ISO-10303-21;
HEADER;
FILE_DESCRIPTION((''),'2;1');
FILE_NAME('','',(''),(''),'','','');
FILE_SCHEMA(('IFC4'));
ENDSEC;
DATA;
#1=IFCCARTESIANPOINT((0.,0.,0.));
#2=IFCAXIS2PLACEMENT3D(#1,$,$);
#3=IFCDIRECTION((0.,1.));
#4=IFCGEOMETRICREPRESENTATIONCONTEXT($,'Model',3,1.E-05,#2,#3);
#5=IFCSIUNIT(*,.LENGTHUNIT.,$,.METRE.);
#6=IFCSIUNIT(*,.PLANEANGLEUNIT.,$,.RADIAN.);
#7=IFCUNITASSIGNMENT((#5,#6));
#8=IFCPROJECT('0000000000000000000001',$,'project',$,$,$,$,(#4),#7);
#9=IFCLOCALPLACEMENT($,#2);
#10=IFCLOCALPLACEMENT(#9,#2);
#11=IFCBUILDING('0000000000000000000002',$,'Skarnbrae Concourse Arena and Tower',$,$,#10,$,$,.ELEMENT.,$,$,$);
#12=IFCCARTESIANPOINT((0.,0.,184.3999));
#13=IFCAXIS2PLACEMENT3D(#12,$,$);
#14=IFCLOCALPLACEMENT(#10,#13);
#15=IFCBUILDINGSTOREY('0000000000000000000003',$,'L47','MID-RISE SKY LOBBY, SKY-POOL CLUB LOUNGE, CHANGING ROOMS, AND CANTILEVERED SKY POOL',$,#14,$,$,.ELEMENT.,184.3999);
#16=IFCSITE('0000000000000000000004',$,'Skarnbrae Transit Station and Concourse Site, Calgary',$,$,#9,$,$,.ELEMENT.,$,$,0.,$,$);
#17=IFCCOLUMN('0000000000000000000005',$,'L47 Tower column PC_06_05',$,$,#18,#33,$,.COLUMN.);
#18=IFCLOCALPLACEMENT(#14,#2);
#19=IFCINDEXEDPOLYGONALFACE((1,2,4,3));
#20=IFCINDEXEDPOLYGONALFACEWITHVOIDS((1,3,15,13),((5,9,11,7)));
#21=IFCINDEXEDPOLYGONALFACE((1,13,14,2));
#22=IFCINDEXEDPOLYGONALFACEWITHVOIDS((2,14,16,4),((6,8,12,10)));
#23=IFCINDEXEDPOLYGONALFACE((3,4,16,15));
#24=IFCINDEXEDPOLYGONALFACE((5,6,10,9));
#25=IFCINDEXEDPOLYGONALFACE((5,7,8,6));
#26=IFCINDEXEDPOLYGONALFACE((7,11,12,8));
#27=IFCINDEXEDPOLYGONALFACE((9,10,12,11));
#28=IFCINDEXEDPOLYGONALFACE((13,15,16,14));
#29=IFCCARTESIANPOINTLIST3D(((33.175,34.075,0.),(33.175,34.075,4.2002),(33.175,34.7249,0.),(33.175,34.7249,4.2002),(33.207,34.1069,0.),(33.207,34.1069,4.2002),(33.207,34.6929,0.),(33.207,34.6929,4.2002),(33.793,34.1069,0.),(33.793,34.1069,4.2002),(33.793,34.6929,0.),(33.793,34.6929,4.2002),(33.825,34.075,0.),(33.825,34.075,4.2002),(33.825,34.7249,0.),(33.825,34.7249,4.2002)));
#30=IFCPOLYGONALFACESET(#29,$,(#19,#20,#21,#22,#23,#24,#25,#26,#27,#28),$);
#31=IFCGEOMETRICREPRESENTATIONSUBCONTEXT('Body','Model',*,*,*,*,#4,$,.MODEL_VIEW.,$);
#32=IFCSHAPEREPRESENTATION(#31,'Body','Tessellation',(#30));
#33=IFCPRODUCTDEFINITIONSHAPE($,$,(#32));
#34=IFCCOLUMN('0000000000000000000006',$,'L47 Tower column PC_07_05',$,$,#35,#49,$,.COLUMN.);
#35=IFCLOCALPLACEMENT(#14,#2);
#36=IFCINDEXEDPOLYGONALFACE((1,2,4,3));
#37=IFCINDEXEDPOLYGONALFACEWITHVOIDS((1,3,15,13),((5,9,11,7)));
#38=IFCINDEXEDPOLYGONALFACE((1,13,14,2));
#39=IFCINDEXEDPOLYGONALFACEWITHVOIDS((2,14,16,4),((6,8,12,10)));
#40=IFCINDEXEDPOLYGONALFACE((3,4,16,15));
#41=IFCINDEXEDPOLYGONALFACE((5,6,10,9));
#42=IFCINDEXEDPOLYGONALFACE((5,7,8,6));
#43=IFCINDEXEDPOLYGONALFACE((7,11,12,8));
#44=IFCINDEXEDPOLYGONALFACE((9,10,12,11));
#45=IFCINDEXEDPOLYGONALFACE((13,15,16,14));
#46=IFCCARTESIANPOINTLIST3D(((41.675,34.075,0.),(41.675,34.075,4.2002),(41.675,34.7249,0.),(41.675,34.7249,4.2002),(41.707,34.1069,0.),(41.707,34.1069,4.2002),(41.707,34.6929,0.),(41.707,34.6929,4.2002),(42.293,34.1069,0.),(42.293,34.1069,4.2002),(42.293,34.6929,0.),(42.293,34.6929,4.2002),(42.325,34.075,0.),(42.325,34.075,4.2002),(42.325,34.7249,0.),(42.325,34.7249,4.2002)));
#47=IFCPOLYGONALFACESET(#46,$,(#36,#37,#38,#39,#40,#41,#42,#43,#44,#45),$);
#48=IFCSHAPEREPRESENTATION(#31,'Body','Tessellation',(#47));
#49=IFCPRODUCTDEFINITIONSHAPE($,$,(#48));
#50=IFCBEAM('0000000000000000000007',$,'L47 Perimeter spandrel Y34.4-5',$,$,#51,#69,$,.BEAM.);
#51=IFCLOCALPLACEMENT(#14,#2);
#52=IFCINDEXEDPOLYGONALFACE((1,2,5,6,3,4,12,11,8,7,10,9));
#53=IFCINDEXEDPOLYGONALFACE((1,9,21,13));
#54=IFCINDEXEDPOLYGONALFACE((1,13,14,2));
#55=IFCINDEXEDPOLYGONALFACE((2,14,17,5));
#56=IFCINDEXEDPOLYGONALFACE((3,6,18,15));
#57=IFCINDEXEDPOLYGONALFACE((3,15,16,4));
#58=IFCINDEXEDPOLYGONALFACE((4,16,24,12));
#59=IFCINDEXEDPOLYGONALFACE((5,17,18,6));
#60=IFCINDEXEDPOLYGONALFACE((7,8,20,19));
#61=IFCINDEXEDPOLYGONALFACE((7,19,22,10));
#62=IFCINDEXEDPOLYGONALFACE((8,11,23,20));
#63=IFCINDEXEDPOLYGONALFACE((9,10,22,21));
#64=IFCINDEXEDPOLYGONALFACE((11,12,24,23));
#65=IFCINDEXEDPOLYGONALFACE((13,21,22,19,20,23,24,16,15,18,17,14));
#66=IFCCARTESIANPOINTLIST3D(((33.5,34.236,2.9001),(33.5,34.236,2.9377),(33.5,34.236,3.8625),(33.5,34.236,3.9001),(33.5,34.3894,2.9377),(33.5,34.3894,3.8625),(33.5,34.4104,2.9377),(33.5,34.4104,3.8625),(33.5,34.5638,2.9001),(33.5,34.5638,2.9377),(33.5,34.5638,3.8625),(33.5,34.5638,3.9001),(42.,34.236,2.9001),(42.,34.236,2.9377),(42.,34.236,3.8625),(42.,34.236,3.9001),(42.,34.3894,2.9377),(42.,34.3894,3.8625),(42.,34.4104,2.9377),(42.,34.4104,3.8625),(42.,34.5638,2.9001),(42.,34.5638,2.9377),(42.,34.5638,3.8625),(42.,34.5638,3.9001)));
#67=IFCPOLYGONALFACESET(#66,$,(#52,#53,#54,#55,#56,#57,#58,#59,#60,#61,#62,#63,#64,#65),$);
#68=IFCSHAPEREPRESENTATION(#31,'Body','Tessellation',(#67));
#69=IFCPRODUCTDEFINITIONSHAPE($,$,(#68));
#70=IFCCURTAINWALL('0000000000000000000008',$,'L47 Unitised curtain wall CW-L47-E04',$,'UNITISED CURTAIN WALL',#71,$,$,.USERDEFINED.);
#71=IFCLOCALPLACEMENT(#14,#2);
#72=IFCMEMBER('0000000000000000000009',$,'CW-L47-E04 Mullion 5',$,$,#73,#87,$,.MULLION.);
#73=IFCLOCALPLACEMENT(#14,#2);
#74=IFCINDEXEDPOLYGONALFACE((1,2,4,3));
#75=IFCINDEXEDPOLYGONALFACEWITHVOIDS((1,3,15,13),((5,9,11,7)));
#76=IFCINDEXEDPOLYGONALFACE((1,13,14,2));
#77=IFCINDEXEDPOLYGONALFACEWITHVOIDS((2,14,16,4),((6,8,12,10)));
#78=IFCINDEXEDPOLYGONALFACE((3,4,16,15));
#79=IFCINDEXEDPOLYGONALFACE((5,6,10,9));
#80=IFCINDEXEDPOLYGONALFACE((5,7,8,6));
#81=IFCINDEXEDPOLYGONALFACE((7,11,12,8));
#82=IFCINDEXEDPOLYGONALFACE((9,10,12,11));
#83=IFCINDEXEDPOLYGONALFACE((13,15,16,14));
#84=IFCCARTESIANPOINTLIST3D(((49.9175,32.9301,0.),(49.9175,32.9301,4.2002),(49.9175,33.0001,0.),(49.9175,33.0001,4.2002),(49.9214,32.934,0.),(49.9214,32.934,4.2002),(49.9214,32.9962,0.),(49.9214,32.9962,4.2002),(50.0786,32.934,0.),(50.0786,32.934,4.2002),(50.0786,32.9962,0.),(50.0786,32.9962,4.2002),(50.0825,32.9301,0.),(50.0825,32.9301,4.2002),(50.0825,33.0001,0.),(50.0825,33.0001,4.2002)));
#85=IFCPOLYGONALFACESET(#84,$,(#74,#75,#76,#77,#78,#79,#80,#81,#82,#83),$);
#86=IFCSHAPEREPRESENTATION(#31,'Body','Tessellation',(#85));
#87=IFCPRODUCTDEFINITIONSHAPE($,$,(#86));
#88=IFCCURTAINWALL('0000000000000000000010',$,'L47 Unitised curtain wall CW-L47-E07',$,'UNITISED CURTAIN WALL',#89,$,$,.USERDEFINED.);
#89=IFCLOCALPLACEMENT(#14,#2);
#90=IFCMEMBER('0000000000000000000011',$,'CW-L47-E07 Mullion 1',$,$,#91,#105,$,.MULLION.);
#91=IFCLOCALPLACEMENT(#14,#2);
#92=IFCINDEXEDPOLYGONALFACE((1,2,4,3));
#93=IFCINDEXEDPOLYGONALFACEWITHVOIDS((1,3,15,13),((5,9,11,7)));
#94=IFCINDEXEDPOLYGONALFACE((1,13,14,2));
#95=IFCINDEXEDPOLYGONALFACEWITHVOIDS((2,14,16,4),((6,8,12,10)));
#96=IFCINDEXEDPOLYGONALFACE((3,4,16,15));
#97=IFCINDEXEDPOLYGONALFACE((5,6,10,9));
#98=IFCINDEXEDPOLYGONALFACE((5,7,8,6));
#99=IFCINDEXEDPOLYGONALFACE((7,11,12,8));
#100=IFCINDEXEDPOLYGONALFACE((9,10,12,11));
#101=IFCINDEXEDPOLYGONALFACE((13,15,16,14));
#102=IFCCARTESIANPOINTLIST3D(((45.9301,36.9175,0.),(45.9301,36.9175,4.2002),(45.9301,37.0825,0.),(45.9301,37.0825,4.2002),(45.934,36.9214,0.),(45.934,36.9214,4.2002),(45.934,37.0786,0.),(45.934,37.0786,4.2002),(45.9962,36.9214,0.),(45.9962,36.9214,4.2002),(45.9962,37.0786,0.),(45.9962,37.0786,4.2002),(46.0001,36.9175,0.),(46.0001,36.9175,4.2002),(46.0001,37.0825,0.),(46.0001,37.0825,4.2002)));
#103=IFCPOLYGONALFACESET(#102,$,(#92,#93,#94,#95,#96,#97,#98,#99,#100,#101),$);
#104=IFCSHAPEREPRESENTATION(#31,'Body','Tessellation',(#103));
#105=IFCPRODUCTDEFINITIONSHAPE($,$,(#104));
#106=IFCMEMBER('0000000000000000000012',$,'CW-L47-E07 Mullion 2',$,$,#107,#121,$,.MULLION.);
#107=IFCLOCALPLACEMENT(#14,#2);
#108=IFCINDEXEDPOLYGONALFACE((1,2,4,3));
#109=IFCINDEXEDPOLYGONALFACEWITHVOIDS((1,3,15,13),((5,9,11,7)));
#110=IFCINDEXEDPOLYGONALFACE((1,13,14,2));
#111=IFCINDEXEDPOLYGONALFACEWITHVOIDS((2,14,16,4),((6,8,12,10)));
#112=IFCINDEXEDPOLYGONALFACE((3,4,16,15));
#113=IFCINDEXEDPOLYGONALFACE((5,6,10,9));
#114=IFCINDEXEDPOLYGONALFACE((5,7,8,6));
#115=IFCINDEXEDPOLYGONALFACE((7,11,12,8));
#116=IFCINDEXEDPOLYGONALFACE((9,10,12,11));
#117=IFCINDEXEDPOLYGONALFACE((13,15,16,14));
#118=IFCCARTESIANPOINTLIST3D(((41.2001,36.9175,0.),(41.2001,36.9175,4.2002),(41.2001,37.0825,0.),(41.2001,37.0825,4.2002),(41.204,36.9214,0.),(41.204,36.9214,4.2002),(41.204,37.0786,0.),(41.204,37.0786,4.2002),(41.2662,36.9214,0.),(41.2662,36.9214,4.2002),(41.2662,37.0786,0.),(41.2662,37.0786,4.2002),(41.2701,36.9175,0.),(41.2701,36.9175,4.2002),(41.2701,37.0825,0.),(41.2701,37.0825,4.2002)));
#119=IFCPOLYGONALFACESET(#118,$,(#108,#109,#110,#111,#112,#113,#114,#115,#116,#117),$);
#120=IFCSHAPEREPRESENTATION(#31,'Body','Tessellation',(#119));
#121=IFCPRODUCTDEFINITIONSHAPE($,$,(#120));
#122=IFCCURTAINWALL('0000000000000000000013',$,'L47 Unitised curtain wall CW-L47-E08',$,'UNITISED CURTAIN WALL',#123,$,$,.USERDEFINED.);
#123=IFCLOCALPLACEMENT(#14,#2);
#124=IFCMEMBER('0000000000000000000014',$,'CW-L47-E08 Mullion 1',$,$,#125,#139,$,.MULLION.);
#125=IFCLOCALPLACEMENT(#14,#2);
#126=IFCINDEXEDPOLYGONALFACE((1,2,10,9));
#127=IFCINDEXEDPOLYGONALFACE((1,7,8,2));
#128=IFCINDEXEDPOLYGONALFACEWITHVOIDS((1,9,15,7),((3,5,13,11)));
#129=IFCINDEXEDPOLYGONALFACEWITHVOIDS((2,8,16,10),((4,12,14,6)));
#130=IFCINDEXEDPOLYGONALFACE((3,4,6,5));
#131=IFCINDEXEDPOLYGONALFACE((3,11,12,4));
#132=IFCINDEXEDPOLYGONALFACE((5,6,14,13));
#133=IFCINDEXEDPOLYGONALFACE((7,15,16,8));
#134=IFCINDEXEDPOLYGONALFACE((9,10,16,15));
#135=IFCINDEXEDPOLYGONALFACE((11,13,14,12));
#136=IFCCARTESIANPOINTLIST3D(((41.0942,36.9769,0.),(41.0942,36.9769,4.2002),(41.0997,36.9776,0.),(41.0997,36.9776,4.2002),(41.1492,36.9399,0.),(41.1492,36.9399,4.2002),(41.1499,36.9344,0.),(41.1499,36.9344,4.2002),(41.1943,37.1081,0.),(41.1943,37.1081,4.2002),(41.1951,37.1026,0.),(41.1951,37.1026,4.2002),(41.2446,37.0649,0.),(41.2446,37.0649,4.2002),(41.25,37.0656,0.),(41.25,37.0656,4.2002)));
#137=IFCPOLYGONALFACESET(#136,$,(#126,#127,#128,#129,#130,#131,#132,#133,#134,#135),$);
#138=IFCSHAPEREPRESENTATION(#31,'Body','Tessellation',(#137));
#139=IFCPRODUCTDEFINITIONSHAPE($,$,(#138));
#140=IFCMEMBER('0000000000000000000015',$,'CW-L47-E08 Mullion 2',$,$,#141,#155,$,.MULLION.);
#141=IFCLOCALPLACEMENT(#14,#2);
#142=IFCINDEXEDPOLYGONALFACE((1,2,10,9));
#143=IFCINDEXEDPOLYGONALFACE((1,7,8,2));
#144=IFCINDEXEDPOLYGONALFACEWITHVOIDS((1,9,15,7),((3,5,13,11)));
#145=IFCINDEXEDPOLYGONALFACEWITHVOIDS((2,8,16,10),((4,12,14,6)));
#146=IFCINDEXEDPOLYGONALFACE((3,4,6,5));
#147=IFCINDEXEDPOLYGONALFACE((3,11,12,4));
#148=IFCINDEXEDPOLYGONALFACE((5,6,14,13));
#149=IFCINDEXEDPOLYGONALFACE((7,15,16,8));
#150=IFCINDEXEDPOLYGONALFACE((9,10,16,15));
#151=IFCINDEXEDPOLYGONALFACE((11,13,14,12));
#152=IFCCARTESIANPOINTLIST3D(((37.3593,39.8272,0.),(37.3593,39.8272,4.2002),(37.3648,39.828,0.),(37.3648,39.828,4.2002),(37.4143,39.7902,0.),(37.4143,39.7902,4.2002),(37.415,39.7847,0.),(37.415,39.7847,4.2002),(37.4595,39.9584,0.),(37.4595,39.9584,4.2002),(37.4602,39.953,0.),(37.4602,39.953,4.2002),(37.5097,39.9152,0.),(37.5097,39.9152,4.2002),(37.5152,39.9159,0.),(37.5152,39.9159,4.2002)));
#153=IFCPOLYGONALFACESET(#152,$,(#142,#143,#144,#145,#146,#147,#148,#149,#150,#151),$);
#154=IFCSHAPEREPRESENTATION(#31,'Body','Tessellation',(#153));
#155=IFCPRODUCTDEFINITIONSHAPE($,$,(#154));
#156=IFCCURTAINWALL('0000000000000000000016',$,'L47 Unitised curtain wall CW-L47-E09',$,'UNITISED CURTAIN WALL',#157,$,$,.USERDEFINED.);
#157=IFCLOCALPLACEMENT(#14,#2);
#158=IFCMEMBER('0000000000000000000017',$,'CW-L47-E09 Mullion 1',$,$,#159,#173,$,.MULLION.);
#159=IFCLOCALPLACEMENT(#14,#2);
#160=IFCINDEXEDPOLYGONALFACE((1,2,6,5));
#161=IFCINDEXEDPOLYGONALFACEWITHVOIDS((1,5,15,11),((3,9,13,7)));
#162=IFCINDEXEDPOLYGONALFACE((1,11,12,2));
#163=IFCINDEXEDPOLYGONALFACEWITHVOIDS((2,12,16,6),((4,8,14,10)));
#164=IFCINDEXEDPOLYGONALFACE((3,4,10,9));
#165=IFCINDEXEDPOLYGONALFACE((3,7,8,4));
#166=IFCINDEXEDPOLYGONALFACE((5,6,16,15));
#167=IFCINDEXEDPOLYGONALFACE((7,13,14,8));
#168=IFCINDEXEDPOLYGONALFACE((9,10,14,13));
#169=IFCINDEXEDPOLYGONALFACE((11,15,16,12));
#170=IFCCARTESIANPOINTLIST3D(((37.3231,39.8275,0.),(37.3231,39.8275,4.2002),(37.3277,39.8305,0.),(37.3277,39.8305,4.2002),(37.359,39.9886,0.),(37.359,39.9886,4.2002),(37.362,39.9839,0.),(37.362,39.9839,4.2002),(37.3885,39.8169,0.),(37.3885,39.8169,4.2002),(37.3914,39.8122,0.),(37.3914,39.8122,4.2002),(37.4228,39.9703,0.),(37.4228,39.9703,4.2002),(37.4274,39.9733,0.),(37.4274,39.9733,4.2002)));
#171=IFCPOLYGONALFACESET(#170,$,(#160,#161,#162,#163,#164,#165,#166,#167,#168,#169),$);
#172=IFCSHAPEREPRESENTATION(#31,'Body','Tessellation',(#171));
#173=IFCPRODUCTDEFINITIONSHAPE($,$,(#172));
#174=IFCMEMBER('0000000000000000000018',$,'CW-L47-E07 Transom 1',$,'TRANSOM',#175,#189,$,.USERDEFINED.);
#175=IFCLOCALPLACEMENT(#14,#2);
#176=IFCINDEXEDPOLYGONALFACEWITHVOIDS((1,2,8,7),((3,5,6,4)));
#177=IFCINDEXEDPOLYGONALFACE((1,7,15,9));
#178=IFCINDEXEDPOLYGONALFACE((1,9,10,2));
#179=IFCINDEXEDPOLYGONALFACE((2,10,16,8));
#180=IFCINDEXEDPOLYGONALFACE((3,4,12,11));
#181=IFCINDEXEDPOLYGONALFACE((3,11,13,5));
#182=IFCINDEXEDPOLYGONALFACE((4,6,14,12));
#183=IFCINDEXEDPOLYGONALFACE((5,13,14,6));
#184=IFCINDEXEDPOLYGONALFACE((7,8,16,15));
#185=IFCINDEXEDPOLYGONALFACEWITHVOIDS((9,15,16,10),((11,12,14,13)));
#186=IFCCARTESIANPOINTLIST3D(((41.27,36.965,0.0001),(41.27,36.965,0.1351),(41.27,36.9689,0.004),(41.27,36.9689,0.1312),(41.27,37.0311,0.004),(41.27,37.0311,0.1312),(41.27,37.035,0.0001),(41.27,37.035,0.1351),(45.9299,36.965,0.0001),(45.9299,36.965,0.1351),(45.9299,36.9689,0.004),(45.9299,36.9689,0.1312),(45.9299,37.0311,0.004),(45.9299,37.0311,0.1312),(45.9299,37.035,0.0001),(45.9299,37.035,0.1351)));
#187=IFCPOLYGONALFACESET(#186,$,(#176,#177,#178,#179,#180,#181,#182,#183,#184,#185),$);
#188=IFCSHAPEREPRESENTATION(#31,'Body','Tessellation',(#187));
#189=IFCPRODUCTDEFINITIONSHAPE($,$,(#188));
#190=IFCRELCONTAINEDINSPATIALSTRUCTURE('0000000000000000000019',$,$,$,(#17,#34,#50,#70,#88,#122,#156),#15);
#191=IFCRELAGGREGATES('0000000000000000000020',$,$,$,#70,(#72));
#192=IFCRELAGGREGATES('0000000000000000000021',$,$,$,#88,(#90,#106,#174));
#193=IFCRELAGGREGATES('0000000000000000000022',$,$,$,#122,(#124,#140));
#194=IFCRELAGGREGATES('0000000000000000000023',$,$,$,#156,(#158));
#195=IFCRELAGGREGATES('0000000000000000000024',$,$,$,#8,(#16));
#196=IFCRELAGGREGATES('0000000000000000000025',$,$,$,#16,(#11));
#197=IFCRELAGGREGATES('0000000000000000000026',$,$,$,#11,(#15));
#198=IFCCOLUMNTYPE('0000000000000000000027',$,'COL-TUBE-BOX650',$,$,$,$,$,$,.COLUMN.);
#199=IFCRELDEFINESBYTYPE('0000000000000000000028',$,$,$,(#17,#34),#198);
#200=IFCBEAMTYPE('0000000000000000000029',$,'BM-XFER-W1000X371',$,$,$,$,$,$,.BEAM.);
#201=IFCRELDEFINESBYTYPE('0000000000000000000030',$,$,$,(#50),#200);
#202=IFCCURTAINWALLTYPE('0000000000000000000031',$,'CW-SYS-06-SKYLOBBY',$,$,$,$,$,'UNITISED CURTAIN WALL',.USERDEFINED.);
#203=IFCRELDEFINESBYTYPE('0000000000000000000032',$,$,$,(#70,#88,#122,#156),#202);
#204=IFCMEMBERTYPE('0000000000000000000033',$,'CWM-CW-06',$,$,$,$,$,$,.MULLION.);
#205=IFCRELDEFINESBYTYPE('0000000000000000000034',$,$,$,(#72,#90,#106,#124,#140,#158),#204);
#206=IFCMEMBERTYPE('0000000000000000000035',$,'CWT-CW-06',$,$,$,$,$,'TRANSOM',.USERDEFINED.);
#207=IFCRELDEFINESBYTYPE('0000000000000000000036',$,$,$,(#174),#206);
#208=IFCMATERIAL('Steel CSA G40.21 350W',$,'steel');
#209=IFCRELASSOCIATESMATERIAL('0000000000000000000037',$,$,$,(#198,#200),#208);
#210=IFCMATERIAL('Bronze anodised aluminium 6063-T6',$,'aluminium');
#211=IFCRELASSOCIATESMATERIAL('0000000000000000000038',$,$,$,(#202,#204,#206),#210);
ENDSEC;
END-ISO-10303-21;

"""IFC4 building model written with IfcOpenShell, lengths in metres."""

from ifc_helpers import new_model, si_unit, direction, frame, origin, origin_2d, place, context, subcontext, project, spatial, hollow_rectangle, i_section, extrude, source, transform, mapped, material, material_profile, profile_set, type_object, element, aggregate, save


model = new_model("IFC4")

# Units and contexts
model_context = context("Model", 3, precision=1e-05, world=origin(), true_north=direction((0.0, 1.0)))
body_context = subcontext(model_context, "Body", "Model", "MODEL_VIEW")
ifc_project = project(units=[si_unit("LENGTHUNIT", "METRE"), si_unit("PLANEANGLEUNIT", "RADIAN")], contexts=[model_context])

# Site, building, storey
site_placement = place(None, origin())
site = spatial("IfcSite", under=ifc_project, at=site_placement, Name="Skarnbrae Transit Station and Concourse Site, Calgary", CompositionType="ELEMENT", RefElevation=0.0)
building_placement = place(site_placement, origin())
building = spatial("IfcBuilding", under=site, at=building_placement, Name="Skarnbrae Concourse Arena and Tower", CompositionType="ELEMENT")
storey_placement = place(building_placement, frame((0.0, 0.0, 184.3999)))
storey = spatial("IfcBuildingStorey", under=building, at=storey_placement, Name="L47", Description="MID-RISE SKY LOBBY, SKY-POOL CLUB LOUNGE, CHANGING ROOMS, AND CANTILEVERED SKY POOL", CompositionType="ELEMENT", Elevation=184.3999)

# Columns
ifc_material_1 = material(Name="Steel CSA G40.21 350W", Category="steel")
ifc_material_profile_1 = material_profile(ifc_material_1, hollow_rectangle(XDim=0.6499, YDim=0.6499, WallThickness=0.032, at=origin_2d()), Name="BOX650X650X32")
ifc_profile_set_1 = profile_set([ifc_material_profile_1], Name="Steel CSA G40.21 350W")
column_type = type_object("IfcColumnType", Name="COL-TUBE-BOX650", PredefinedType="COLUMN", material=ifc_profile_set_1)
shared_shape_1 = source(origin(), body_context, "Body", "SweptSolid", [
    extrude(hollow_rectangle(XDim=0.6499, YDim=0.6499, WallThickness=0.032, at=origin_2d()), origin(), (0.0, 0.0, 1.0), 4.2002),
])
for number, where, z_axis, x_axis, name in (
    (1, (33.5, 34.3999, 0.0), (0.0, 0.0, 1.0), (1.0, 0.0, 0.0), "L47 Tower column PC_06_05"),
    (2, (42.0, 34.3999, 0.0), (0.0, 0.0, 1.0), (1.0, 0.0, 0.0), "L47 Tower column PC_07_05"),
):
    element("IfcColumn", number, at=place(storey_placement, frame(where, z_axis=z_axis, x_axis=x_axis)), inside=storey, type_object=column_type, Name=name, PredefinedType="COLUMN", context=body_context, shape_type="MappedRepresentation", body=[
        mapped(shared_shape_1, transform((0.0, 0.0, 0.0))),
    ])

# Beam
ifc_material_profile_2 = material_profile(ifc_material_1, i_section(OverallWidth=0.3279, OverallDepth=1.0, WebThickness=0.021, FlangeThickness=0.0376, at=origin_2d()), Name="W1000X371")
ifc_profile_set_2 = profile_set([ifc_material_profile_2], Name="Steel CSA G40.21 350W")
beam_type = type_object("IfcBeamType", Name="BM-XFER-W1000X371", PredefinedType="BEAM", material=ifc_profile_set_2)
shared_shape_2 = source(origin(), body_context, "Body", "SweptSolid", [
    extrude(i_section(OverallWidth=0.3279, OverallDepth=1.0, WebThickness=0.021, FlangeThickness=0.0376, at=origin_2d()), origin(), (0.0, 0.0, 1.0), 8.5),
])
beam_placement = place(storey_placement, frame((33.5, 34.3999, 3.4001), z_axis=(1.0, 0.0, 0.0), x_axis=(0.0, 1.0, 0.0)))
element("IfcBeam", 3, at=beam_placement, inside=storey, type_object=beam_type, Name="L47 Perimeter spandrel Y34.4-5", PredefinedType="BEAM", context=body_context, shape_type="MappedRepresentation", body=[
    mapped(shared_shape_2, transform((0.0, 0.0, 0.0))),
])

# Curtain wall, member
ifc_material_2 = material(Name="Bronze anodised aluminium 6063-T6", Category="aluminium")
curtain_wall_type = type_object("IfcCurtainWallType", Name="CW-SYS-06-SKYLOBBY", ElementType="UNITISED CURTAIN WALL", PredefinedType="USERDEFINED", material=ifc_material_2)
curtain_wall_1_placement = place(storey_placement, origin())
curtain_wall_1 = element("IfcCurtainWall", 4, at=curtain_wall_1_placement, inside=storey, type_object=curtain_wall_type, Name="L47 Unitised curtain wall CW-L47-E04", ObjectType="UNITISED CURTAIN WALL", PredefinedType="USERDEFINED")
ifc_material_profile_3 = material_profile(ifc_material_2, hollow_rectangle(XDim=0.0701, YDim=0.165, WallThickness=0.0039, at=origin_2d()), Name="ALU-MULL-70X165")
ifc_profile_set_3 = profile_set([ifc_material_profile_3], Name="Bronze anodised aluminium 6063-T6")
member_type_1 = type_object("IfcMemberType", Name="CWM-CW-06", PredefinedType="MULLION", material=ifc_profile_set_3)
shared_shape_3 = source(origin(), body_context, "Body", "SweptSolid", [
    extrude(hollow_rectangle(XDim=0.0701, YDim=0.165, WallThickness=0.0039, at=origin_2d()), origin(), (0.0, 0.0, 1.0), 4.2002),
])
member_1_placement = place(storey_placement, frame((50.0, 32.9651, 0.0), z_axis=(0.0, 0.0, 1.0), x_axis=(0.0, 1.0, 0.0)))
member_1 = element("IfcMember", 5, at=member_1_placement, type_object=member_type_1, Name="CW-L47-E04 Mullion 5", PredefinedType="MULLION", context=body_context, shape_type="MappedRepresentation", body=[
    mapped(shared_shape_3, transform((0.0, 0.0, 0.0))),
])
aggregate(curtain_wall_1, [member_1])

# Curtain walls, members
curtain_wall_2_placement = place(storey_placement, origin())
curtain_wall_2 = element("IfcCurtainWall", 6, at=curtain_wall_2_placement, inside=storey, type_object=curtain_wall_type, Name="L47 Unitised curtain wall CW-L47-E07", ObjectType="UNITISED CURTAIN WALL", PredefinedType="USERDEFINED")
member_2_placement = place(storey_placement, frame((45.9651, 37.0, 0.0), z_axis=(0.0, 0.0, 1.0), x_axis=(-1.0, 0.0, 0.0)))
member_2 = element("IfcMember", 7, at=member_2_placement, type_object=member_type_1, Name="CW-L47-E07 Mullion 1", PredefinedType="MULLION", context=body_context, shape_type="MappedRepresentation", body=[
    mapped(shared_shape_3, transform((0.0, 0.0, 0.0))),
])
member_3_placement = place(storey_placement, frame((41.2351, 37.0, 0.0), z_axis=(0.0, 0.0, 1.0), x_axis=(-1.0, 0.0, 0.0)))
member_3 = element("IfcMember", 8, at=member_3_placement, type_object=member_type_1, Name="CW-L47-E07 Mullion 2", PredefinedType="MULLION", context=body_context, shape_type="MappedRepresentation", body=[
    mapped(shared_shape_3, transform((0.0, 0.0, 0.0))),
])
curtain_wall_3_placement = place(storey_placement, origin())
curtain_wall_3 = element("IfcCurtainWall", 9, at=curtain_wall_3_placement, inside=storey, type_object=curtain_wall_type, Name="L47 Unitised curtain wall CW-L47-E08", ObjectType="UNITISED CURTAIN WALL", PredefinedType="USERDEFINED")
member_4_placement = place(storey_placement, frame((41.1721, 37.0212, 0.0), z_axis=(0.0, 0.0, 1.0), x_axis=(-0.794956, 0.606667, 0.0)))
member_4 = element("IfcMember", 10, at=member_4_placement, type_object=member_type_1, Name="CW-L47-E08 Mullion 1", PredefinedType="MULLION", context=body_context, shape_type="MappedRepresentation", body=[
    mapped(shared_shape_3, transform((0.0, 0.0, 0.0))),
])
member_5_placement = place(storey_placement, frame((37.4373, 39.8716, 0.0), z_axis=(0.0, 0.0, 1.0), x_axis=(-0.794956, 0.606667, 0.0)))
member_5 = element("IfcMember", 11, at=member_5_placement, type_object=member_type_1, Name="CW-L47-E08 Mullion 2", PredefinedType="MULLION", context=body_context, shape_type="MappedRepresentation", body=[
    mapped(shared_shape_3, transform((0.0, 0.0, 0.0))),
])

# Curtain wall, member
curtain_wall_4_placement = place(storey_placement, origin())
curtain_wall_4 = element("IfcCurtainWall", 12, at=curtain_wall_4_placement, inside=storey, type_object=curtain_wall_type, Name="L47 Unitised curtain wall CW-L47-E09", ObjectType="UNITISED CURTAIN WALL", PredefinedType="USERDEFINED")
member_6_placement = place(storey_placement, frame((37.3752, 39.9004, 0.0), z_axis=(0.0, 0.0, 1.0), x_axis=(-0.975936, 0.218056, 0.0)))
member_6 = element("IfcMember", 13, at=member_6_placement, type_object=member_type_1, Name="CW-L47-E09 Mullion 1", PredefinedType="MULLION", context=body_context, shape_type="MappedRepresentation", body=[
    mapped(shared_shape_3, transform((0.0, 0.0, 0.0))),
])

# Member
ifc_material_profile_4 = material_profile(ifc_material_2, hollow_rectangle(XDim=0.0701, YDim=0.135, WallThickness=0.0039, at=origin_2d()), Name="ALU-TRAN-70X135")
ifc_profile_set_4 = profile_set([ifc_material_profile_4], Name="Bronze anodised aluminium 6063-T6")
member_type_2 = type_object("IfcMemberType", Name="CWT-CW-06", ElementType="TRANSOM", PredefinedType="USERDEFINED", material=ifc_profile_set_4)
shared_shape_4 = source(origin(), body_context, "Body", "SweptSolid", [
    extrude(hollow_rectangle(XDim=0.0701, YDim=0.135, WallThickness=0.0039, at=origin_2d()), origin(), (0.0, 0.0, 1.0), 4.6599),
])
member_7_placement = place(storey_placement, frame((45.9299, 37.0, 0.0676), z_axis=(-1.0, 0.0, 0.0), x_axis=(0.0, -1.0, 0.0)))
member_7 = element("IfcMember", 14, at=member_7_placement, type_object=member_type_2, Name="CW-L47-E07 Transom 1", ObjectType="TRANSOM", PredefinedType="USERDEFINED", context=body_context, shape_type="MappedRepresentation", body=[
    mapped(shared_shape_4, transform((0.0, 0.0, 0.0))),
])

aggregate(curtain_wall_2, [member_2, member_3, member_7])
aggregate(curtain_wall_3, [member_4, member_5])
aggregate(curtain_wall_4, [member_6])

save(model, "model.ifc")
